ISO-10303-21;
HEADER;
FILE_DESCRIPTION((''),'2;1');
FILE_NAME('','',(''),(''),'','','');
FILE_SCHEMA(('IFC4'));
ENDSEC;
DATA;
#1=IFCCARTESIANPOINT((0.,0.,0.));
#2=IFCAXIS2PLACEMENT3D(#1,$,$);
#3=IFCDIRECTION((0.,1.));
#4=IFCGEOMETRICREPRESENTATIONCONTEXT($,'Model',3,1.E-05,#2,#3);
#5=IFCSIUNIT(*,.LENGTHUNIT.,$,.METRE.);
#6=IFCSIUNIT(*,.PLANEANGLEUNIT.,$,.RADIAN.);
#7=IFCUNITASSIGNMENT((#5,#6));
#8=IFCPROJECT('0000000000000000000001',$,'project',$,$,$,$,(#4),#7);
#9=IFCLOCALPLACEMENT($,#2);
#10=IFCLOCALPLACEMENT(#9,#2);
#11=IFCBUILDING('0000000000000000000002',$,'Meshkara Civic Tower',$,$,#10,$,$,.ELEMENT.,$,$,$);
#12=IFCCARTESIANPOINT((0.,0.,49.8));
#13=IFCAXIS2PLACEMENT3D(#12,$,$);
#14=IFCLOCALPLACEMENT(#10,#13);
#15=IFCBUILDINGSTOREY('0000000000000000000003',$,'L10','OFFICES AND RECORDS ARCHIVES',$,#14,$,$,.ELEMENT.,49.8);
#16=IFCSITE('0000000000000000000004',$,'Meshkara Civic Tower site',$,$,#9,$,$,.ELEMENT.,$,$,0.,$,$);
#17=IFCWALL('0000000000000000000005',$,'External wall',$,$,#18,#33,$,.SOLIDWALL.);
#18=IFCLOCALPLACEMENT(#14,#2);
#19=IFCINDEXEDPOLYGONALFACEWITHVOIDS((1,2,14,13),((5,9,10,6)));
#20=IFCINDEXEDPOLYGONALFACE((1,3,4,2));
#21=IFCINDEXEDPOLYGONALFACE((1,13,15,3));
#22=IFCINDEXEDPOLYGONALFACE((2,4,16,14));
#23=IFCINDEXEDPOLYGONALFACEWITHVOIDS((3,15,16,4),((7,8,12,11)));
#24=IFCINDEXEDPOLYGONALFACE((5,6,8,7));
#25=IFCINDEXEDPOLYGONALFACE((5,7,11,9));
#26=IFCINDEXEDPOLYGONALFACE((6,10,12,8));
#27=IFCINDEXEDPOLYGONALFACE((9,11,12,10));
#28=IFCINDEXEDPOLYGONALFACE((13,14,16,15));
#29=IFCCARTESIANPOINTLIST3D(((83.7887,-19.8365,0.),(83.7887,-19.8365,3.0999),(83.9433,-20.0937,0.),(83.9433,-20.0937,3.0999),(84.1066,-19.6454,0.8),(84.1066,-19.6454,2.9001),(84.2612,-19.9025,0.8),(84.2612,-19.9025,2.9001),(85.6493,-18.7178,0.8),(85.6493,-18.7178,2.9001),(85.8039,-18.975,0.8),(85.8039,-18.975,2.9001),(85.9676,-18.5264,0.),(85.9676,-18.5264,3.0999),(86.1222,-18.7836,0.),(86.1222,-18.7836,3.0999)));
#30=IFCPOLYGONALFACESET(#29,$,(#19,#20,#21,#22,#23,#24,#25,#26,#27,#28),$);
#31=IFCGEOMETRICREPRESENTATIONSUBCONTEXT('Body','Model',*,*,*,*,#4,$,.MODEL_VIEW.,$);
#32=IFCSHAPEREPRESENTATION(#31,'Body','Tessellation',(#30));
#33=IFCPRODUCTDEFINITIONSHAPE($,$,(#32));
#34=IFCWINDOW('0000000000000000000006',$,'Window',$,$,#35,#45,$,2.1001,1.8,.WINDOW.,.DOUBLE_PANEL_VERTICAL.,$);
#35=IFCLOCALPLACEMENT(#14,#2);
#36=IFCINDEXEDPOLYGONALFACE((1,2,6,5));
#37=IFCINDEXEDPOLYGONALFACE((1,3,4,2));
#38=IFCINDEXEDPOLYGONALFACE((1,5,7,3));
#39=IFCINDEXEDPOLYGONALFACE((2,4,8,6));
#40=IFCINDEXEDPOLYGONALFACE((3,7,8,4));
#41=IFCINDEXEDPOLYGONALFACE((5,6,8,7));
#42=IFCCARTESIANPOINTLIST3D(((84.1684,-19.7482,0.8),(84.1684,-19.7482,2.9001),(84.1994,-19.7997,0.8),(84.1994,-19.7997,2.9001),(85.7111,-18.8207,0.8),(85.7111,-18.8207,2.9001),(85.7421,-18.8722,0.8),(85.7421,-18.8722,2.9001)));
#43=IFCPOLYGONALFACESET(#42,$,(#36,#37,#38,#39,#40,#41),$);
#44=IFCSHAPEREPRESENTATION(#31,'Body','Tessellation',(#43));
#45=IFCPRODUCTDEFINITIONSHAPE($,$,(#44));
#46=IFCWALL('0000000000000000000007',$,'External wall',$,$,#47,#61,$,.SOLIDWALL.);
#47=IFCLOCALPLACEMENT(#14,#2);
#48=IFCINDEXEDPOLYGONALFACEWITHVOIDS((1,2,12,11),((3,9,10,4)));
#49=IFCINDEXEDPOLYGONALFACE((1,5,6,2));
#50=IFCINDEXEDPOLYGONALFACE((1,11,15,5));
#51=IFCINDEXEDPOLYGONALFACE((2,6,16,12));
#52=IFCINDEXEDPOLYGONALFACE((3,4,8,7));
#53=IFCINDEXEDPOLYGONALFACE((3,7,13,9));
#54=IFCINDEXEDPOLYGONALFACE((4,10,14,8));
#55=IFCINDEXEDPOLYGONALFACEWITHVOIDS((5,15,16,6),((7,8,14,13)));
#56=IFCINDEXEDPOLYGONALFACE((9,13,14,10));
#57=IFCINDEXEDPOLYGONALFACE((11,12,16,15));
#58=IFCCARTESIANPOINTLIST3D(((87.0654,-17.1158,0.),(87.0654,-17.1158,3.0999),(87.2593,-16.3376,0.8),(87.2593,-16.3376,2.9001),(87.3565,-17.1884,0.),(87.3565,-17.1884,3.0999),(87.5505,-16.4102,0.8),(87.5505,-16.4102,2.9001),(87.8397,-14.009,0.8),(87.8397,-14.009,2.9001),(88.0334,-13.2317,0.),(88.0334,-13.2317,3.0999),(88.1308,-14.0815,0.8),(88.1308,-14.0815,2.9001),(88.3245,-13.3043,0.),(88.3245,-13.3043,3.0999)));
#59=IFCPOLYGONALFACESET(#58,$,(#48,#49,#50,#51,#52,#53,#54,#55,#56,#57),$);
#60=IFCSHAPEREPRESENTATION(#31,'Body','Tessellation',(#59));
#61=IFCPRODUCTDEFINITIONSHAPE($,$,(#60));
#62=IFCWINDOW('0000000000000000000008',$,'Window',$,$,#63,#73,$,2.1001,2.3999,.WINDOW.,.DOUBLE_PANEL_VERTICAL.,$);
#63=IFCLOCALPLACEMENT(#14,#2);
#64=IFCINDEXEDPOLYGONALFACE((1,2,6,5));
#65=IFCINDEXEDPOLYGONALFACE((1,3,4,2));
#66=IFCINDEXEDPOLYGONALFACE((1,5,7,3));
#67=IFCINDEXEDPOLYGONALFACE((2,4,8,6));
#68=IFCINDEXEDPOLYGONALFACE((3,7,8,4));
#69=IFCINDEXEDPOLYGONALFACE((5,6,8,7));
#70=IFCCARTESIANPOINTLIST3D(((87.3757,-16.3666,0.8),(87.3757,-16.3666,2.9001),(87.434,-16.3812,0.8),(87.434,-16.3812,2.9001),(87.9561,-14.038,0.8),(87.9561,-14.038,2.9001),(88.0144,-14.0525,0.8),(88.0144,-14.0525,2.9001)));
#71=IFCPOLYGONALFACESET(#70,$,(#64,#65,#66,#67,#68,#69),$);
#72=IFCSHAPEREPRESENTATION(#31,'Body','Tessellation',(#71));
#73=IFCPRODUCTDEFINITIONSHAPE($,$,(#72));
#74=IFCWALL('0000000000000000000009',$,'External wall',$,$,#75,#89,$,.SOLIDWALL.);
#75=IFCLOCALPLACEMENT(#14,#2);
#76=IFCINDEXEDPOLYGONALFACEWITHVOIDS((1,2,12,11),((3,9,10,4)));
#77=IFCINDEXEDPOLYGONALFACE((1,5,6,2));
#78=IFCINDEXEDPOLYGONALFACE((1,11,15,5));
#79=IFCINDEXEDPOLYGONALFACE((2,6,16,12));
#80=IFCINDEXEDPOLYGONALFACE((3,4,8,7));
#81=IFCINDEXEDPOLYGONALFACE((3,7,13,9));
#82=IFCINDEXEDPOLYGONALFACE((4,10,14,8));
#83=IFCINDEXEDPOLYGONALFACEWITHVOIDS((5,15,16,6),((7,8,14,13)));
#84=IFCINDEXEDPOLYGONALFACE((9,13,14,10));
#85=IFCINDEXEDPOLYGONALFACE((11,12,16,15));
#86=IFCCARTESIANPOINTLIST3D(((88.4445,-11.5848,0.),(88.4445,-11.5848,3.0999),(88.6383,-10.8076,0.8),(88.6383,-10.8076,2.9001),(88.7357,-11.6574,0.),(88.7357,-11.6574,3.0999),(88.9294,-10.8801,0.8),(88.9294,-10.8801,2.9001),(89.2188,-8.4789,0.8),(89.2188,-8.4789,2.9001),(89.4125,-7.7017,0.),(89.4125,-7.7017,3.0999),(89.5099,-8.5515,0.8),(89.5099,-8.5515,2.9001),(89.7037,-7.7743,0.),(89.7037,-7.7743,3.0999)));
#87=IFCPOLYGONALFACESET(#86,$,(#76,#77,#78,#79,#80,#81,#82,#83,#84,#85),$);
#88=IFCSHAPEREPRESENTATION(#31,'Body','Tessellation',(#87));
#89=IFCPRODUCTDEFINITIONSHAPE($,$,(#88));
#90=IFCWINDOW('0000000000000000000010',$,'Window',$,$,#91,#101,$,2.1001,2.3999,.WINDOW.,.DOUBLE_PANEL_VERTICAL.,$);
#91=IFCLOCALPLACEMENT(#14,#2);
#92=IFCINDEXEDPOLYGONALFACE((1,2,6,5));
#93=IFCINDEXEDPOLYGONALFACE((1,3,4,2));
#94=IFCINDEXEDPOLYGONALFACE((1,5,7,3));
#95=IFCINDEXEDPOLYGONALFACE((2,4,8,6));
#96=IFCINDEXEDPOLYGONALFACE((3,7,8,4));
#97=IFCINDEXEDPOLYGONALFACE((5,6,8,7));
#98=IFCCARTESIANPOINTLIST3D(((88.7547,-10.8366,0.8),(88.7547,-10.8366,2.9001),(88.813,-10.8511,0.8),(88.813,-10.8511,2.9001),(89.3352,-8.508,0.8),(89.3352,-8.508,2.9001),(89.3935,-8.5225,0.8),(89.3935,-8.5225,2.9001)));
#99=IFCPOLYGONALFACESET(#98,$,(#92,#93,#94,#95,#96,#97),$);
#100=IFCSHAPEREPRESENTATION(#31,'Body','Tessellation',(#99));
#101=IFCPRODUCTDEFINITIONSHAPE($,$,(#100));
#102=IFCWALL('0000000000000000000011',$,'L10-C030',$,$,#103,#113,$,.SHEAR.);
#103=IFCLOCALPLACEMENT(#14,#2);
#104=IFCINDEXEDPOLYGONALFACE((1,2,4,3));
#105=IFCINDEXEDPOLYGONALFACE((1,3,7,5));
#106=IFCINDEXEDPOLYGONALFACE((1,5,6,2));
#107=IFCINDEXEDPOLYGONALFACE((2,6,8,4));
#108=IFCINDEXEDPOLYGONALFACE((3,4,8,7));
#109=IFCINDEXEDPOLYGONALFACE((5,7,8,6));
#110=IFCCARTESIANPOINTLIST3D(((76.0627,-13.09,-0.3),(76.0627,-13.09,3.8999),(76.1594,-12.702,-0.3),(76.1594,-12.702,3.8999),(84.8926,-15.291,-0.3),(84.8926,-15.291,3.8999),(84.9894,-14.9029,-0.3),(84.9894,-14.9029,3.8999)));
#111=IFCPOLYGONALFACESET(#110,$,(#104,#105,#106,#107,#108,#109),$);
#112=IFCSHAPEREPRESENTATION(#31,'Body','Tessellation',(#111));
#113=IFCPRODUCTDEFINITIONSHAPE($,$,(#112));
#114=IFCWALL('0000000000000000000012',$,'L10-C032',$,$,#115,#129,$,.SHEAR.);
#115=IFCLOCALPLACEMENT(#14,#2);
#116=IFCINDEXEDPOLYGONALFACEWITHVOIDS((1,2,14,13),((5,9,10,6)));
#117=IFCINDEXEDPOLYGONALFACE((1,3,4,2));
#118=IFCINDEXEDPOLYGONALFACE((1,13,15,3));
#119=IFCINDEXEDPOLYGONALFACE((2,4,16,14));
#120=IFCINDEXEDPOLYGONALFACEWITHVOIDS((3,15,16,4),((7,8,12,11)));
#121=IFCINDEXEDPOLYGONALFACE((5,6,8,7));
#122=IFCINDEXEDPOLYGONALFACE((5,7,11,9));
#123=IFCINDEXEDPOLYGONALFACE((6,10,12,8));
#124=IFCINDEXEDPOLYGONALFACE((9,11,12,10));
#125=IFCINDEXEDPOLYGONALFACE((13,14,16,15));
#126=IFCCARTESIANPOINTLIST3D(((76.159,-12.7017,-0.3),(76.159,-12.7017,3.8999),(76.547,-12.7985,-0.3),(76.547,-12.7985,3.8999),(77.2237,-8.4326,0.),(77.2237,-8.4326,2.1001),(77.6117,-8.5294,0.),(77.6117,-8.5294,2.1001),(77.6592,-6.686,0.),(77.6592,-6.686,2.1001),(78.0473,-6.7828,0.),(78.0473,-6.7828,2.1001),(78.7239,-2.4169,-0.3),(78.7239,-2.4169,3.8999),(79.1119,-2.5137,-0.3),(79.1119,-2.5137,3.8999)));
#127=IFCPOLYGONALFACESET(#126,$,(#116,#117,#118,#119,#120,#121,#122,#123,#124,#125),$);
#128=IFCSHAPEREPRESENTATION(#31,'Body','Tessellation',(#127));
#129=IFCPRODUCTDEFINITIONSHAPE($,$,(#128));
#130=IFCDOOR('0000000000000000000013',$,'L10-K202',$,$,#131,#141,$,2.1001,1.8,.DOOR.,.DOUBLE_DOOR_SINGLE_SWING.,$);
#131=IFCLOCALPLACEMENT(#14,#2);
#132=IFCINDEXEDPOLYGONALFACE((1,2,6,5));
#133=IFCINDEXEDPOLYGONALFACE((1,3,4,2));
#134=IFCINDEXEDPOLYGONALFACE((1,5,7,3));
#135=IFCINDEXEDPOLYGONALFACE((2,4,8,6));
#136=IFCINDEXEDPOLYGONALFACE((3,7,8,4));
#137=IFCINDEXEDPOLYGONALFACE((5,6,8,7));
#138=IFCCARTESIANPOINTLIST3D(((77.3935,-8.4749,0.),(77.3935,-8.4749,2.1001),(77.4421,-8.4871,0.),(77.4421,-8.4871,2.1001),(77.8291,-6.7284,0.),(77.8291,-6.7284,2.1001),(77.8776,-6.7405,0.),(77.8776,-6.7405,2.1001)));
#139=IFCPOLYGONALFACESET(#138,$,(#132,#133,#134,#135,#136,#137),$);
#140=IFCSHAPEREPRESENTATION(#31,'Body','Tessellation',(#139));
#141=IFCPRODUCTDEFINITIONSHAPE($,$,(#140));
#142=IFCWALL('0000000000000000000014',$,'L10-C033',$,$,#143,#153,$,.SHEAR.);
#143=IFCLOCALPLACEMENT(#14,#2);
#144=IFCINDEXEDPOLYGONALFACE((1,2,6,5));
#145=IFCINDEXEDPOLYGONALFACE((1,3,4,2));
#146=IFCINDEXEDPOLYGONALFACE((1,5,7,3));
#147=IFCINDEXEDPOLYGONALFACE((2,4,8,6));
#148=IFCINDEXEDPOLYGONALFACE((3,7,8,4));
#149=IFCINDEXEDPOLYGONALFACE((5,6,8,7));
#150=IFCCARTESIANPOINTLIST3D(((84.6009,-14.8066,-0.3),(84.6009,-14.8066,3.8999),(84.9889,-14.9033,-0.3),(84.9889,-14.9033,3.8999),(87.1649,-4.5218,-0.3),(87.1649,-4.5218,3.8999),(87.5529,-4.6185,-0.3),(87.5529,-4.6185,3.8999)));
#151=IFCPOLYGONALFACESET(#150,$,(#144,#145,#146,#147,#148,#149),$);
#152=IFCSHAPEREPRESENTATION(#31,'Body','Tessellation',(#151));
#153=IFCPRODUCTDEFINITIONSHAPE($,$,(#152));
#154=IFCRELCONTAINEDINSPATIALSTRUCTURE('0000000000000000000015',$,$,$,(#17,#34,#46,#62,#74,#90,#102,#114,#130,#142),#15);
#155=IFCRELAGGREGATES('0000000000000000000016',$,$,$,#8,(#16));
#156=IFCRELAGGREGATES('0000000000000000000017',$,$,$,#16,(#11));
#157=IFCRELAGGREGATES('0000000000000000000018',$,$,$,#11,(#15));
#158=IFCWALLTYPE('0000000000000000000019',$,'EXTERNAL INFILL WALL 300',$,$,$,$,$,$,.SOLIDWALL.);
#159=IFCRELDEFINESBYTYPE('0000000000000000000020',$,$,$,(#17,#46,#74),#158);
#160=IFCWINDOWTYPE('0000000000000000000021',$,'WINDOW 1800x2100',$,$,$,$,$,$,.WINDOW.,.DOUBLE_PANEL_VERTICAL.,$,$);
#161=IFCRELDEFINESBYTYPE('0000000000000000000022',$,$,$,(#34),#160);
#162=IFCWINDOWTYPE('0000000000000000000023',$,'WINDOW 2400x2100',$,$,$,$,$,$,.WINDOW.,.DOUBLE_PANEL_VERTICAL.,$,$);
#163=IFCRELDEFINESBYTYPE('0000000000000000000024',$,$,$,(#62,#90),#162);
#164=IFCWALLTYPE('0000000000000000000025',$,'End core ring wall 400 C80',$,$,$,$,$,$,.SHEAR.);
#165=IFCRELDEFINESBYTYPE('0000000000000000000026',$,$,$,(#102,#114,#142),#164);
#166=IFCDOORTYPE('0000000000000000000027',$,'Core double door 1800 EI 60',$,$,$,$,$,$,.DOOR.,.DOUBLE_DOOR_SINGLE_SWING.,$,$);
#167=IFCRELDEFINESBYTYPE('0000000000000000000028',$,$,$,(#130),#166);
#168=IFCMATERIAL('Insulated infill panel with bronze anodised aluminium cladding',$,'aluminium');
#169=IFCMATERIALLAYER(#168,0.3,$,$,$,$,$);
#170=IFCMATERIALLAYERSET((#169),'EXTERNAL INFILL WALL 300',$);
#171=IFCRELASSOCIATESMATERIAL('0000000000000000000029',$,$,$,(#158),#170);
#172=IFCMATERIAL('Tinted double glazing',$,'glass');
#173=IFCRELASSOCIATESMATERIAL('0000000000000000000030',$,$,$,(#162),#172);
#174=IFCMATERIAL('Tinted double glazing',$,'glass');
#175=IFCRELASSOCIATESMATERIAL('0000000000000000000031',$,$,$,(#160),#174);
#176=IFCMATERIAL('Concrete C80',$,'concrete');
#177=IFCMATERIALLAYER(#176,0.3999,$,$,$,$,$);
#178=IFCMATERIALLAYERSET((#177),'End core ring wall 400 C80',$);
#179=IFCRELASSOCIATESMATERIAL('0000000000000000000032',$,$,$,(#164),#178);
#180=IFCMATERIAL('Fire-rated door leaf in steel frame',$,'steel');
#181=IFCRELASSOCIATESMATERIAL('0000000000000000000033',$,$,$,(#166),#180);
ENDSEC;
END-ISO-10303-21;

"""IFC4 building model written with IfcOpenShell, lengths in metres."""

from ifc_helpers import new_model, si_unit, direction, frame, frame_2d, origin, place, context, subcontext, project, spatial, rectangle, extrude, material, layer, layer_set, type_object, element, fill, save


model = new_model("IFC4")

# Units and contexts
model_context = context("Model", 3, precision=1e-05, world=origin(), true_north=direction((0.0, 1.0)))
body_context = subcontext(model_context, "Body", "Model", "MODEL_VIEW")
ifc_project = project(units=[si_unit("LENGTHUNIT", "METRE"), si_unit("PLANEANGLEUNIT", "RADIAN")], contexts=[model_context])

# Site, building, storey
site_placement = place(None, origin())
site = spatial("IfcSite", under=ifc_project, at=site_placement, Name="Meshkara Civic Tower site", CompositionType="ELEMENT", RefElevation=0.0)
building_placement = place(site_placement, origin())
building = spatial("IfcBuilding", under=site, at=building_placement, Name="Meshkara Civic Tower", CompositionType="ELEMENT")
storey_placement = place(building_placement, frame((0.0, 0.0, 49.8)))
storey = spatial("IfcBuildingStorey", under=building, at=storey_placement, Name="L10", Description="OFFICES AND RECORDS ARCHIVES", CompositionType="ELEMENT", Elevation=49.8)

# Walls, openings, windows
ifc_material_1 = material(Name="Insulated infill panel with bronze anodised aluminium cladding", Category="aluminium")
ifc_layer_1 = layer(ifc_material_1, 0.3)
ifc_layer_set_1 = layer_set([ifc_layer_1], Name="EXTERNAL INFILL WALL 300")
wall_type_1 = type_object("IfcWallType", Name="EXTERNAL INFILL WALL 300", PredefinedType="SOLIDWALL", material=ifc_layer_set_1)
ifc_material_2 = material(Name="Tinted double glazing", Category="glass")
window_type_1 = type_object("IfcWindowType", Name="WINDOW 2400x2100", PartitioningType="DOUBLE_PANEL_VERTICAL", PredefinedType="WINDOW", material=ifc_material_2)
wall_1_placement = place(storey_placement, frame((83.866, -19.9651, 0.0), z_axis=(0.0, 0.0, 1.0), x_axis=(0.857027, 0.515272, 0.0)))
wall_1 = element("IfcWall", 1, at=wall_1_placement, inside=storey, type_object=wall_type_1, Name="External wall", PredefinedType="SOLIDWALL", context=body_context, shape_type="SweptSolid", body=[
    extrude(rectangle(XDim=2.5425, YDim=0.3, at=frame_2d((1.2712, 0.0))), origin(), (0.0, 0.0, 1.0), 3.0999),
])
opening_1_placement = place(wall_1_placement, frame((0.3711, 0.0, 0.8)))
opening_1 = element("IfcOpeningElement", 2, at=opening_1_placement, cuts=wall_1, PredefinedType="OPENING", context=body_context, shape_type="SweptSolid", body=[
    extrude(rectangle(XDim=1.8, YDim=2.1001, at=frame_2d((0.8999, 1.05))), frame((0.0, 0.1599, 0.0), z_axis=(0.0, -1.0, 0.0), x_axis=(1.0, 0.0, 0.0)), (0.0, 0.0, 1.0), 0.3201),
])
ifc_material_3 = material(Name="Tinted double glazing", Category="glass")
window_type_2 = type_object("IfcWindowType", Name="WINDOW 1800x2100", PartitioningType="DOUBLE_PANEL_VERTICAL", PredefinedType="WINDOW", material=ifc_material_3)
window_1_placement = place(opening_1_placement, origin())
window_1 = element("IfcWindow", 3, at=window_1_placement, inside=storey, type_object=window_type_2, Name="Window", OverallHeight=2.1001, OverallWidth=1.8, PartitioningType="DOUBLE_PANEL_VERTICAL", PredefinedType="WINDOW", context=body_context, shape_type="SweptSolid", body=[
    extrude(rectangle(XDim=1.8, YDim=2.1001, at=frame_2d((0.8999, 1.05))), frame((0.0, 0.03, 0.0), z_axis=(0.0, -1.0, 0.0), x_axis=(1.0, 0.0, 0.0)), (0.0, 0.0, 1.0), 0.0601),
])
fill(opening_1, window_1)
wall_2_placement = place(storey_placement, frame((87.2109, -17.1521, 0.0), z_axis=(0.0, 0.0, 1.0), x_axis=(0.241832, 0.970318, 0.0)))
wall_2 = element("IfcWall", 4, at=wall_2_placement, inside=storey, type_object=wall_type_1, Name="External wall", PredefinedType="SOLIDWALL", context=body_context, shape_type="SweptSolid", body=[
    extrude(rectangle(XDim=4.0029, YDim=0.3, at=frame_2d((2.0015, 0.0))), origin(), (0.0, 0.0, 1.0), 3.0999),
])
opening_2_placement = place(wall_2_placement, frame((0.802, 0.0, 0.8)))
opening_2 = element("IfcOpeningElement", 5, at=opening_2_placement, cuts=wall_2, PredefinedType="OPENING", context=body_context, shape_type="SweptSolid", body=[
    extrude(rectangle(XDim=2.3999, YDim=2.1001, at=frame_2d((1.2, 1.05))), frame((0.0, 0.1599, 0.0), z_axis=(0.0, -1.0, 0.0), x_axis=(1.0, 0.0, 0.0)), (0.0, 0.0, 1.0), 0.3201),
])
window_2_placement = place(opening_2_placement, origin())
window_2 = element("IfcWindow", 6, at=window_2_placement, inside=storey, type_object=window_type_1, Name="Window", OverallHeight=2.1001, OverallWidth=2.3999, PartitioningType="DOUBLE_PANEL_VERTICAL", PredefinedType="WINDOW", context=body_context, shape_type="SweptSolid", body=[
    extrude(rectangle(XDim=2.3999, YDim=2.1001, at=frame_2d((1.2, 1.05))), frame((0.0, 0.03, 0.0), z_axis=(0.0, -1.0, 0.0), x_axis=(1.0, 0.0, 0.0)), (0.0, 0.0, 1.0), 0.0601),
])
fill(opening_2, window_2)
wall_3_placement = place(storey_placement, frame((88.5901, -11.6211, 0.0), z_axis=(0.0, 0.0, 1.0), x_axis=(0.24189, 0.970304, 0.0)))
wall_3 = element("IfcWall", 7, at=wall_3_placement, inside=storey, type_object=wall_type_1, Name="External wall", PredefinedType="SOLIDWALL", context=body_context, shape_type="SweptSolid", body=[
    extrude(rectangle(XDim=4.002, YDim=0.3, at=frame_2d((2.001, 0.0))), origin(), (0.0, 0.0, 1.0), 3.0999),
])
opening_3_placement = place(wall_3_placement, frame((0.801, 0.0, 0.8)))
opening_3 = element("IfcOpeningElement", 8, at=opening_3_placement, cuts=wall_3, PredefinedType="OPENING", context=body_context, shape_type="SweptSolid", body=[
    extrude(rectangle(XDim=2.3999, YDim=2.1001, at=frame_2d((1.2, 1.05))), frame((0.0, 0.1599, 0.0), z_axis=(0.0, -1.0, 0.0), x_axis=(1.0, 0.0, 0.0)), (0.0, 0.0, 1.0), 0.3201),
])
window_3_placement = place(opening_3_placement, origin())
window_3 = element("IfcWindow", 9, at=window_3_placement, inside=storey, type_object=window_type_1, Name="Window", OverallHeight=2.1001, OverallWidth=2.3999, PartitioningType="DOUBLE_PANEL_VERTICAL", PredefinedType="WINDOW", context=body_context, shape_type="SweptSolid", body=[
    extrude(rectangle(XDim=2.3999, YDim=2.1001, at=frame_2d((1.2, 1.05))), frame((0.0, 0.03, 0.0), z_axis=(0.0, -1.0, 0.0), x_axis=(1.0, 0.0, 0.0)), (0.0, 0.0, 1.0), 0.0601),
])
fill(opening_3, window_3)

# Wall
ifc_material_4 = material(Name="Concrete C80", Category="concrete")
ifc_layer_2 = layer(ifc_material_4, 0.3999)
ifc_layer_set_2 = layer_set([ifc_layer_2], Name="End core ring wall 400 C80")
wall_type_2 = type_object("IfcWallType", Name="End core ring wall 400 C80", PredefinedType="SHEAR", material=ifc_layer_set_2)
wall_4_placement = place(storey_placement, frame((76.1111, -12.896, -0.3), z_axis=(0.0, 0.0, 1.0), x_axis=(0.970311, -0.24186, 0.0)))
element("IfcWall", 10, at=wall_4_placement, inside=storey, type_object=wall_type_2, Name="L10-C030", PredefinedType="SHEAR", context=body_context, shape_type="SweptSolid", body=[
    extrude(rectangle(XDim=9.1001, YDim=0.3999, at=frame_2d((4.55, 0.0))), origin(), (0.0, 0.0, 1.0), 4.2),
])

# Wall, opening, door
wall_5_placement = place(storey_placement, frame((76.353, -12.75, -0.3), z_axis=(0.0, 0.0, 1.0), x_axis=(0.241977, 0.970282, 0.0)))
wall_5 = element("IfcWall", 11, at=wall_5_placement, inside=storey, type_object=wall_type_2, Name="L10-C032", PredefinedType="SHEAR", context=body_context, shape_type="SweptSolid", body=[
    extrude(rectangle(XDim=10.5999, YDim=0.3999, at=frame_2d((5.2998, 0.0))), origin(), (0.0, 0.0, 1.0), 4.2),
])
opening_4_placement = place(wall_5_placement, frame((4.3999, 0.0, 0.3)))
opening_4 = element("IfcOpeningElement", 12, at=opening_4_placement, cuts=wall_5, PredefinedType="OPENING", context=body_context, shape_type="SweptSolid", body=[
    extrude(rectangle(XDim=1.8, YDim=2.1001, at=frame_2d((0.8999, 1.05))), frame((0.0, 0.21, 0.0), z_axis=(0.0, -1.0, 0.0), x_axis=(1.0, 0.0, 0.0)), (0.0, 0.0, 1.0), 0.4199),
])
ifc_material_5 = material(Name="Fire-rated door leaf in steel frame", Category="steel")
door_type_1 = type_object("IfcDoorType", Name="Core double door 1800 EI 60", OperationType="DOUBLE_DOOR_SINGLE_SWING", PredefinedType="DOOR", material=ifc_material_5)
door_1_placement = place(opening_4_placement, origin())
door_1 = element("IfcDoor", 13, at=door_1_placement, inside=storey, type_object=door_type_1, Name="L10-K202", OperationType="DOUBLE_DOOR_SINGLE_SWING", OverallHeight=2.1001, OverallWidth=1.8, PredefinedType="DOOR", context=body_context, shape_type="SweptSolid", body=[
    extrude(rectangle(XDim=1.8, YDim=2.1001, at=frame_2d((0.8999, 1.05))), frame((0.0, 0.0249, 0.0), z_axis=(0.0, -1.0, 0.0), x_axis=(1.0, 0.0, 0.0)), (0.0, 0.0, 1.0), 0.05),
])
fill(opening_4, door_1)

# Wall
wall_6_placement = place(storey_placement, frame((84.7949, -14.855, -0.3), z_axis=(0.0, 0.0, 1.0), x_axis=(0.241891, 0.970304, 0.0)))
element("IfcWall", 14, at=wall_6_placement, inside=storey, type_object=wall_type_2, Name="L10-C033", PredefinedType="SHEAR", context=body_context, shape_type="SweptSolid", body=[
    extrude(rectangle(XDim=10.5996, YDim=0.3999, at=frame_2d((5.2998, 0.0))), origin(), (0.0, 0.0, 1.0), 4.2),
])

save(model, "model.ifc")
